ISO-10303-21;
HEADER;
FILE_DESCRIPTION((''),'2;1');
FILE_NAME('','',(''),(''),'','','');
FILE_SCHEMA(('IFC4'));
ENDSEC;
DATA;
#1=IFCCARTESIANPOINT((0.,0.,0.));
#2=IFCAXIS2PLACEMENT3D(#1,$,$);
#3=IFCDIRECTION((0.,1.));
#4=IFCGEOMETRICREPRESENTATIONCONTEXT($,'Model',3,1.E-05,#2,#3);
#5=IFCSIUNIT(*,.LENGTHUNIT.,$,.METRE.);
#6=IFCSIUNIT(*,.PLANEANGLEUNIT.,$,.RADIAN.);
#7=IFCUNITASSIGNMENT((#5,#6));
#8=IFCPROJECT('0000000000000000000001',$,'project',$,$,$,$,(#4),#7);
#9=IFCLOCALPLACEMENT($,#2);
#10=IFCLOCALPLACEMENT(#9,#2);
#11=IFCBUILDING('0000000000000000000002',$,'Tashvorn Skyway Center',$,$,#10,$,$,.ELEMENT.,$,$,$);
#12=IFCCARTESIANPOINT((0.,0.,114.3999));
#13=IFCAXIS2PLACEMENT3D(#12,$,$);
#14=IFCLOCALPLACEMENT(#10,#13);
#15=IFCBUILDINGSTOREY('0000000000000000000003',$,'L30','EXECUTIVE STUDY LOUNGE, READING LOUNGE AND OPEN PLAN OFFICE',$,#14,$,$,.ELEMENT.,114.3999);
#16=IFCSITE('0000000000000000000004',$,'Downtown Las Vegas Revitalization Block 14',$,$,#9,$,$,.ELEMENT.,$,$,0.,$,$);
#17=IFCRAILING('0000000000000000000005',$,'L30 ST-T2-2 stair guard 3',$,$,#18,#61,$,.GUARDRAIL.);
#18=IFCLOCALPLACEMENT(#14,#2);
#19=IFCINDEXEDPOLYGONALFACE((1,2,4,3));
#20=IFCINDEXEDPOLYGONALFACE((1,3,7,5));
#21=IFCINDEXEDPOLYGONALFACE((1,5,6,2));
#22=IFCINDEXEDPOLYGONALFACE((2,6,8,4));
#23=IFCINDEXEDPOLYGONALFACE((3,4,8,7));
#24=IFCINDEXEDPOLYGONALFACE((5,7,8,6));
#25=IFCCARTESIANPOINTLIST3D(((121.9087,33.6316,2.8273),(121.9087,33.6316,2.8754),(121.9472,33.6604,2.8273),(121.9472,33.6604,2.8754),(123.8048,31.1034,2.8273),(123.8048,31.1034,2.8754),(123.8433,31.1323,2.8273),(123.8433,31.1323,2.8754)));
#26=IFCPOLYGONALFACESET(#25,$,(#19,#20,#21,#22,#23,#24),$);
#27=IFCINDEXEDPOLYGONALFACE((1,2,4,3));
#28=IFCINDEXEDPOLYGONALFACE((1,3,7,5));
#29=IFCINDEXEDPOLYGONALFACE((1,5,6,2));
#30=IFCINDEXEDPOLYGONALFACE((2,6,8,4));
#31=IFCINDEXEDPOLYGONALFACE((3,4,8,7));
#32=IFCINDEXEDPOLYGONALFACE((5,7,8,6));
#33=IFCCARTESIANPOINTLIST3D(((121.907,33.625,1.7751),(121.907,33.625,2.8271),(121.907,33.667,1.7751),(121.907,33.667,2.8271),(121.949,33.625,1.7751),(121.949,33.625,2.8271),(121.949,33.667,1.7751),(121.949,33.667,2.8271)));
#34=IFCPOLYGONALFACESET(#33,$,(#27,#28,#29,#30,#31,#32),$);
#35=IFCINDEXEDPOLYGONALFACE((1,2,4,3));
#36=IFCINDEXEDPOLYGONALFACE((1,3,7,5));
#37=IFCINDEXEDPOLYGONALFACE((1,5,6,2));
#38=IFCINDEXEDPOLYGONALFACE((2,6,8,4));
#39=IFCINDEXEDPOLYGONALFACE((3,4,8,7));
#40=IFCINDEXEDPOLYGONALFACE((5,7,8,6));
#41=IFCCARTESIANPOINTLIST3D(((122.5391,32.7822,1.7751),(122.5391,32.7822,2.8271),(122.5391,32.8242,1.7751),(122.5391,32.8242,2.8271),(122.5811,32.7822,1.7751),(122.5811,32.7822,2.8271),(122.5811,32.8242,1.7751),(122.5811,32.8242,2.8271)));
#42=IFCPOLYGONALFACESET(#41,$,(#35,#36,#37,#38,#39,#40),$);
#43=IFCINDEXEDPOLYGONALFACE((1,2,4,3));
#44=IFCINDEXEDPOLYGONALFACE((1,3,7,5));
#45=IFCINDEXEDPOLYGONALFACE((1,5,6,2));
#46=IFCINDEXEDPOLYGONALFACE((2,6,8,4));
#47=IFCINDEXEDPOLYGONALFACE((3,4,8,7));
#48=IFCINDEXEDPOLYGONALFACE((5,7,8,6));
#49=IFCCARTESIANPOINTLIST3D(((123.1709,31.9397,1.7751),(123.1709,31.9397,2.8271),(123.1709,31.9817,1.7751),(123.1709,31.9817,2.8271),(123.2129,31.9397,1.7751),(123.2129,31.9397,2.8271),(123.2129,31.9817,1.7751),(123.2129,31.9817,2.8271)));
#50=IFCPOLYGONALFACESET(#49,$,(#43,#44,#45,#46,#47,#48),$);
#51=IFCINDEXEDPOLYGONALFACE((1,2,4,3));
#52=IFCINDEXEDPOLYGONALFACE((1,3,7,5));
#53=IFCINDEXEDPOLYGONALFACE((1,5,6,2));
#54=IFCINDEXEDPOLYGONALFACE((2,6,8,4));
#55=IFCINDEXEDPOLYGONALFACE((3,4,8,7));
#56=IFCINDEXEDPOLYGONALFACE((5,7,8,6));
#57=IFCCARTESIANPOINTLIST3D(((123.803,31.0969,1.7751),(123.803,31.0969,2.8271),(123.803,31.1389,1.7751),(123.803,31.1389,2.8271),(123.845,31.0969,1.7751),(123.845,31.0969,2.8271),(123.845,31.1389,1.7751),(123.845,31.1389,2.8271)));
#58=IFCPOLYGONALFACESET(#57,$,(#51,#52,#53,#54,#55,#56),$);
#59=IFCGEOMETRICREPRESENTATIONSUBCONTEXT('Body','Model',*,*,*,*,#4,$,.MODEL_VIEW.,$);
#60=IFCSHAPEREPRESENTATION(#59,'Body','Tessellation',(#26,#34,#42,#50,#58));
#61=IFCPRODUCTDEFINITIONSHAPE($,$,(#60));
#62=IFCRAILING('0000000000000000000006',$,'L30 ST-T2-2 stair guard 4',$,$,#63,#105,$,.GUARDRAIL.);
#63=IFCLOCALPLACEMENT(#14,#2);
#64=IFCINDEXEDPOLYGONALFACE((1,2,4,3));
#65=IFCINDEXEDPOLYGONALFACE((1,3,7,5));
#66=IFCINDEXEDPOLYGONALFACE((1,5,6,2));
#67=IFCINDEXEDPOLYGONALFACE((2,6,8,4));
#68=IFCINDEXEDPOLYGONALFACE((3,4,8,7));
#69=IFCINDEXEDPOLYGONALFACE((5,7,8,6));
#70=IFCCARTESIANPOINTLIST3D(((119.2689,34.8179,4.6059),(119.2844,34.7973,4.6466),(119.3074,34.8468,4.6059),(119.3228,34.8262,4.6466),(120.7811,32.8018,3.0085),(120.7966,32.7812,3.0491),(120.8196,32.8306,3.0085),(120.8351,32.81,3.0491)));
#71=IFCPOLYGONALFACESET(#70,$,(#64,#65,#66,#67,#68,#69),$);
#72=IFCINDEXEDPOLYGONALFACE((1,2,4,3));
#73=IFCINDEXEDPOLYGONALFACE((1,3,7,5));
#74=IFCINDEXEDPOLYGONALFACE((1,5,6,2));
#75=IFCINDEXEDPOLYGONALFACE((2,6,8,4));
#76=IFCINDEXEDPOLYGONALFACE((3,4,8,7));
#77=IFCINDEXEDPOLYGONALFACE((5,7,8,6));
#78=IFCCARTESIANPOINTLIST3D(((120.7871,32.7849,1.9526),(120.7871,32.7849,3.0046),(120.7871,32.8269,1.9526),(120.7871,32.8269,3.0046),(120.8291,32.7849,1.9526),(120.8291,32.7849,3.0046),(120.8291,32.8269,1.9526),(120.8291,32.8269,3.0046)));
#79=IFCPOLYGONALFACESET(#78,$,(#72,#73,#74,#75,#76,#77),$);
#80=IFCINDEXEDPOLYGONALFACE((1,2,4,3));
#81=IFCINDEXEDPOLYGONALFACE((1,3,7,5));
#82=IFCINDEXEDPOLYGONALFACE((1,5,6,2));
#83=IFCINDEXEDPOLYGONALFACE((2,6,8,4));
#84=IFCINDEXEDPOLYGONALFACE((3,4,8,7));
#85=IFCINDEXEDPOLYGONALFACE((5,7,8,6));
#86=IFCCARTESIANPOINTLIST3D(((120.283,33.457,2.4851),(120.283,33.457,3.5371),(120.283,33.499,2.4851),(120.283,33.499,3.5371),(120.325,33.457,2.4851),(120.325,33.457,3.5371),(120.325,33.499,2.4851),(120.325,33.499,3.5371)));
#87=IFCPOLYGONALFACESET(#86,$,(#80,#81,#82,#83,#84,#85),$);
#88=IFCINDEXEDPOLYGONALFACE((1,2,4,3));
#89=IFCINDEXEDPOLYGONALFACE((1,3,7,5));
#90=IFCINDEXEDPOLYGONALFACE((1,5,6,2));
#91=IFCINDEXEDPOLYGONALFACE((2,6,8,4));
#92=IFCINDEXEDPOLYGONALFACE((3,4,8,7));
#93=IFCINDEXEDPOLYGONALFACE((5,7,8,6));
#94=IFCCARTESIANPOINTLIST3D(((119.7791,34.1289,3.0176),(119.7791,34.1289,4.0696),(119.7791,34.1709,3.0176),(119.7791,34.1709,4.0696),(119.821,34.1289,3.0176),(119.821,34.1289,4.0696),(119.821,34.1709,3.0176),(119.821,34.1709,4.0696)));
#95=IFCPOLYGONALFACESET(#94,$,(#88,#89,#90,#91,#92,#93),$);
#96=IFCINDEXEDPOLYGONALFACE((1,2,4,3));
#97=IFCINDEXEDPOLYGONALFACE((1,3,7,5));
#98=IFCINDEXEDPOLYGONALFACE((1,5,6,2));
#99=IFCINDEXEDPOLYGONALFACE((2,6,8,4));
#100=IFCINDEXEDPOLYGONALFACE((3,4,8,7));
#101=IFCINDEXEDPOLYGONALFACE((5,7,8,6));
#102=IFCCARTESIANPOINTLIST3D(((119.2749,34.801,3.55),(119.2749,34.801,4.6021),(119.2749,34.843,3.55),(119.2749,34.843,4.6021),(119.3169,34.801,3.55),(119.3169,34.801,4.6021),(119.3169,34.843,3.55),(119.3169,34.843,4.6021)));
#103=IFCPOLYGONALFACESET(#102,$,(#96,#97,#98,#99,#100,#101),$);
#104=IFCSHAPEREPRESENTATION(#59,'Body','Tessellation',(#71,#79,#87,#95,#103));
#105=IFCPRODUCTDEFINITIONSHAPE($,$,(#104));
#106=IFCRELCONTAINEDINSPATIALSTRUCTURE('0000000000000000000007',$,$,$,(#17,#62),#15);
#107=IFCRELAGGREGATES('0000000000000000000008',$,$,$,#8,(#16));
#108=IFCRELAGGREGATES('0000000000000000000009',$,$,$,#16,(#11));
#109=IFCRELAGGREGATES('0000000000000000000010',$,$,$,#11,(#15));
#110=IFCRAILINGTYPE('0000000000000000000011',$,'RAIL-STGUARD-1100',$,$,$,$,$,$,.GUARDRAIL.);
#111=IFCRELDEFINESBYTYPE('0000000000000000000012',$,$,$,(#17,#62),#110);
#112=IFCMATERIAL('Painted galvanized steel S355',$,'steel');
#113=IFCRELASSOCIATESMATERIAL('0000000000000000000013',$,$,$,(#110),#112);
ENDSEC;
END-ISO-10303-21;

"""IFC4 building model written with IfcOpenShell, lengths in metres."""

from ifc_helpers import new_model, si_unit, direction, frame, origin, origin_2d, place, context, subcontext, project, spatial, rectangle, extrude, material, type_object, element, save


model = new_model("IFC4")

# Units and contexts
model_context = context("Model", 3, precision=1e-05, world=origin(), true_north=direction((0.0, 1.0)))
body_context = subcontext(model_context, "Body", "Model", "MODEL_VIEW")
ifc_project = project(units=[si_unit("LENGTHUNIT", "METRE"), si_unit("PLANEANGLEUNIT", "RADIAN")], contexts=[model_context])

# Site, building, storey
site_placement = place(None, origin())
site = spatial("IfcSite", under=ifc_project, at=site_placement, Name="Downtown Las Vegas Revitalization Block 14", CompositionType="ELEMENT", RefElevation=0.0)
building_placement = place(site_placement, origin())
building = spatial("IfcBuilding", under=site, at=building_placement, Name="Tashvorn Skyway Center", CompositionType="ELEMENT")
storey_placement = place(building_placement, frame((0.0, 0.0, 114.3999)))
storey = spatial("IfcBuildingStorey", under=building, at=storey_placement, Name="L30", Description="EXECUTIVE STUDY LOUNGE, READING LOUNGE AND OPEN PLAN OFFICE", CompositionType="ELEMENT", Elevation=114.3999)

# Railings
ifc_material_1 = material(Name="Painted galvanized steel S355", Category="steel")
railing_type_1 = type_object("IfcRailingType", Name="RAIL-STGUARD-1100", PredefinedType="GUARDRAIL", material=ifc_material_1)
railing_1_placement = place(storey_placement, frame((121.928, 33.646, 1.7751)))
element("IfcRailing", 1, at=railing_1_placement, inside=storey, type_object=railing_type_1, Name="L30 ST-T2-2 stair guard 3", PredefinedType="GUARDRAIL", context=body_context, shape_type="SweptSolid", body=[
    extrude(rectangle(XDim=0.0481, YDim=0.0481, at=origin_2d()), frame((0.0, 0.0, 1.0762), z_axis=(0.599988, -0.800009, 0.0), x_axis=(0.800009, 0.599988, 0.0)), (0.0, 0.0, 1.0), 3.1602),
    extrude(rectangle(XDim=0.042, YDim=0.042, at=origin_2d()), origin(), (0.0, 0.0, 1.0), 1.052),
    extrude(rectangle(XDim=0.042, YDim=0.042, at=origin_2d()), frame((0.6321, -0.8428, 0.0)), (0.0, 0.0, 1.0), 1.052),
    extrude(rectangle(XDim=0.042, YDim=0.042, at=origin_2d()), frame((1.2639, -1.6853, 0.0)), (0.0, 0.0, 1.0), 1.052),
    extrude(rectangle(XDim=0.042, YDim=0.042, at=origin_2d()), frame((1.896, -2.5281, 0.0)), (0.0, 0.0, 1.0), 1.052),
])
railing_2_placement = place(storey_placement, frame((120.8081, 32.8059, 1.9526)))
element("IfcRailing", 2, at=railing_2_placement, inside=storey, type_object=railing_type_1, Name="L30 ST-T2-2 stair guard 4", PredefinedType="GUARDRAIL", context=body_context, shape_type="SweptSolid", body=[
    extrude(rectangle(XDim=0.0481, YDim=0.0481, at=origin_2d()), frame((0.0, 0.0, 1.0762), z_axis=(-0.506802, 0.675681, 0.535357), x_axis=(-0.799977, -0.600031, 0.0)), (0.0, 0.0, 1.0), 2.9839),
    extrude(rectangle(XDim=0.042, YDim=0.042, at=origin_2d()), origin(), (0.0, 0.0, 1.0), 1.052),
    extrude(rectangle(XDim=0.042, YDim=0.042, at=origin_2d()), frame((-0.5042, 0.6721, 0.5325)), (0.0, 0.0, 1.0), 1.052),
    extrude(rectangle(XDim=0.042, YDim=0.042, at=origin_2d()), frame((-1.0081, 1.344, 1.0649)), (0.0, 0.0, 1.0), 1.052),
    extrude(rectangle(XDim=0.042, YDim=0.042, at=origin_2d()), frame((-1.5122, 2.0161, 1.5974)), (0.0, 0.0, 1.0), 1.052),
])

save(model, "model.ifc")
